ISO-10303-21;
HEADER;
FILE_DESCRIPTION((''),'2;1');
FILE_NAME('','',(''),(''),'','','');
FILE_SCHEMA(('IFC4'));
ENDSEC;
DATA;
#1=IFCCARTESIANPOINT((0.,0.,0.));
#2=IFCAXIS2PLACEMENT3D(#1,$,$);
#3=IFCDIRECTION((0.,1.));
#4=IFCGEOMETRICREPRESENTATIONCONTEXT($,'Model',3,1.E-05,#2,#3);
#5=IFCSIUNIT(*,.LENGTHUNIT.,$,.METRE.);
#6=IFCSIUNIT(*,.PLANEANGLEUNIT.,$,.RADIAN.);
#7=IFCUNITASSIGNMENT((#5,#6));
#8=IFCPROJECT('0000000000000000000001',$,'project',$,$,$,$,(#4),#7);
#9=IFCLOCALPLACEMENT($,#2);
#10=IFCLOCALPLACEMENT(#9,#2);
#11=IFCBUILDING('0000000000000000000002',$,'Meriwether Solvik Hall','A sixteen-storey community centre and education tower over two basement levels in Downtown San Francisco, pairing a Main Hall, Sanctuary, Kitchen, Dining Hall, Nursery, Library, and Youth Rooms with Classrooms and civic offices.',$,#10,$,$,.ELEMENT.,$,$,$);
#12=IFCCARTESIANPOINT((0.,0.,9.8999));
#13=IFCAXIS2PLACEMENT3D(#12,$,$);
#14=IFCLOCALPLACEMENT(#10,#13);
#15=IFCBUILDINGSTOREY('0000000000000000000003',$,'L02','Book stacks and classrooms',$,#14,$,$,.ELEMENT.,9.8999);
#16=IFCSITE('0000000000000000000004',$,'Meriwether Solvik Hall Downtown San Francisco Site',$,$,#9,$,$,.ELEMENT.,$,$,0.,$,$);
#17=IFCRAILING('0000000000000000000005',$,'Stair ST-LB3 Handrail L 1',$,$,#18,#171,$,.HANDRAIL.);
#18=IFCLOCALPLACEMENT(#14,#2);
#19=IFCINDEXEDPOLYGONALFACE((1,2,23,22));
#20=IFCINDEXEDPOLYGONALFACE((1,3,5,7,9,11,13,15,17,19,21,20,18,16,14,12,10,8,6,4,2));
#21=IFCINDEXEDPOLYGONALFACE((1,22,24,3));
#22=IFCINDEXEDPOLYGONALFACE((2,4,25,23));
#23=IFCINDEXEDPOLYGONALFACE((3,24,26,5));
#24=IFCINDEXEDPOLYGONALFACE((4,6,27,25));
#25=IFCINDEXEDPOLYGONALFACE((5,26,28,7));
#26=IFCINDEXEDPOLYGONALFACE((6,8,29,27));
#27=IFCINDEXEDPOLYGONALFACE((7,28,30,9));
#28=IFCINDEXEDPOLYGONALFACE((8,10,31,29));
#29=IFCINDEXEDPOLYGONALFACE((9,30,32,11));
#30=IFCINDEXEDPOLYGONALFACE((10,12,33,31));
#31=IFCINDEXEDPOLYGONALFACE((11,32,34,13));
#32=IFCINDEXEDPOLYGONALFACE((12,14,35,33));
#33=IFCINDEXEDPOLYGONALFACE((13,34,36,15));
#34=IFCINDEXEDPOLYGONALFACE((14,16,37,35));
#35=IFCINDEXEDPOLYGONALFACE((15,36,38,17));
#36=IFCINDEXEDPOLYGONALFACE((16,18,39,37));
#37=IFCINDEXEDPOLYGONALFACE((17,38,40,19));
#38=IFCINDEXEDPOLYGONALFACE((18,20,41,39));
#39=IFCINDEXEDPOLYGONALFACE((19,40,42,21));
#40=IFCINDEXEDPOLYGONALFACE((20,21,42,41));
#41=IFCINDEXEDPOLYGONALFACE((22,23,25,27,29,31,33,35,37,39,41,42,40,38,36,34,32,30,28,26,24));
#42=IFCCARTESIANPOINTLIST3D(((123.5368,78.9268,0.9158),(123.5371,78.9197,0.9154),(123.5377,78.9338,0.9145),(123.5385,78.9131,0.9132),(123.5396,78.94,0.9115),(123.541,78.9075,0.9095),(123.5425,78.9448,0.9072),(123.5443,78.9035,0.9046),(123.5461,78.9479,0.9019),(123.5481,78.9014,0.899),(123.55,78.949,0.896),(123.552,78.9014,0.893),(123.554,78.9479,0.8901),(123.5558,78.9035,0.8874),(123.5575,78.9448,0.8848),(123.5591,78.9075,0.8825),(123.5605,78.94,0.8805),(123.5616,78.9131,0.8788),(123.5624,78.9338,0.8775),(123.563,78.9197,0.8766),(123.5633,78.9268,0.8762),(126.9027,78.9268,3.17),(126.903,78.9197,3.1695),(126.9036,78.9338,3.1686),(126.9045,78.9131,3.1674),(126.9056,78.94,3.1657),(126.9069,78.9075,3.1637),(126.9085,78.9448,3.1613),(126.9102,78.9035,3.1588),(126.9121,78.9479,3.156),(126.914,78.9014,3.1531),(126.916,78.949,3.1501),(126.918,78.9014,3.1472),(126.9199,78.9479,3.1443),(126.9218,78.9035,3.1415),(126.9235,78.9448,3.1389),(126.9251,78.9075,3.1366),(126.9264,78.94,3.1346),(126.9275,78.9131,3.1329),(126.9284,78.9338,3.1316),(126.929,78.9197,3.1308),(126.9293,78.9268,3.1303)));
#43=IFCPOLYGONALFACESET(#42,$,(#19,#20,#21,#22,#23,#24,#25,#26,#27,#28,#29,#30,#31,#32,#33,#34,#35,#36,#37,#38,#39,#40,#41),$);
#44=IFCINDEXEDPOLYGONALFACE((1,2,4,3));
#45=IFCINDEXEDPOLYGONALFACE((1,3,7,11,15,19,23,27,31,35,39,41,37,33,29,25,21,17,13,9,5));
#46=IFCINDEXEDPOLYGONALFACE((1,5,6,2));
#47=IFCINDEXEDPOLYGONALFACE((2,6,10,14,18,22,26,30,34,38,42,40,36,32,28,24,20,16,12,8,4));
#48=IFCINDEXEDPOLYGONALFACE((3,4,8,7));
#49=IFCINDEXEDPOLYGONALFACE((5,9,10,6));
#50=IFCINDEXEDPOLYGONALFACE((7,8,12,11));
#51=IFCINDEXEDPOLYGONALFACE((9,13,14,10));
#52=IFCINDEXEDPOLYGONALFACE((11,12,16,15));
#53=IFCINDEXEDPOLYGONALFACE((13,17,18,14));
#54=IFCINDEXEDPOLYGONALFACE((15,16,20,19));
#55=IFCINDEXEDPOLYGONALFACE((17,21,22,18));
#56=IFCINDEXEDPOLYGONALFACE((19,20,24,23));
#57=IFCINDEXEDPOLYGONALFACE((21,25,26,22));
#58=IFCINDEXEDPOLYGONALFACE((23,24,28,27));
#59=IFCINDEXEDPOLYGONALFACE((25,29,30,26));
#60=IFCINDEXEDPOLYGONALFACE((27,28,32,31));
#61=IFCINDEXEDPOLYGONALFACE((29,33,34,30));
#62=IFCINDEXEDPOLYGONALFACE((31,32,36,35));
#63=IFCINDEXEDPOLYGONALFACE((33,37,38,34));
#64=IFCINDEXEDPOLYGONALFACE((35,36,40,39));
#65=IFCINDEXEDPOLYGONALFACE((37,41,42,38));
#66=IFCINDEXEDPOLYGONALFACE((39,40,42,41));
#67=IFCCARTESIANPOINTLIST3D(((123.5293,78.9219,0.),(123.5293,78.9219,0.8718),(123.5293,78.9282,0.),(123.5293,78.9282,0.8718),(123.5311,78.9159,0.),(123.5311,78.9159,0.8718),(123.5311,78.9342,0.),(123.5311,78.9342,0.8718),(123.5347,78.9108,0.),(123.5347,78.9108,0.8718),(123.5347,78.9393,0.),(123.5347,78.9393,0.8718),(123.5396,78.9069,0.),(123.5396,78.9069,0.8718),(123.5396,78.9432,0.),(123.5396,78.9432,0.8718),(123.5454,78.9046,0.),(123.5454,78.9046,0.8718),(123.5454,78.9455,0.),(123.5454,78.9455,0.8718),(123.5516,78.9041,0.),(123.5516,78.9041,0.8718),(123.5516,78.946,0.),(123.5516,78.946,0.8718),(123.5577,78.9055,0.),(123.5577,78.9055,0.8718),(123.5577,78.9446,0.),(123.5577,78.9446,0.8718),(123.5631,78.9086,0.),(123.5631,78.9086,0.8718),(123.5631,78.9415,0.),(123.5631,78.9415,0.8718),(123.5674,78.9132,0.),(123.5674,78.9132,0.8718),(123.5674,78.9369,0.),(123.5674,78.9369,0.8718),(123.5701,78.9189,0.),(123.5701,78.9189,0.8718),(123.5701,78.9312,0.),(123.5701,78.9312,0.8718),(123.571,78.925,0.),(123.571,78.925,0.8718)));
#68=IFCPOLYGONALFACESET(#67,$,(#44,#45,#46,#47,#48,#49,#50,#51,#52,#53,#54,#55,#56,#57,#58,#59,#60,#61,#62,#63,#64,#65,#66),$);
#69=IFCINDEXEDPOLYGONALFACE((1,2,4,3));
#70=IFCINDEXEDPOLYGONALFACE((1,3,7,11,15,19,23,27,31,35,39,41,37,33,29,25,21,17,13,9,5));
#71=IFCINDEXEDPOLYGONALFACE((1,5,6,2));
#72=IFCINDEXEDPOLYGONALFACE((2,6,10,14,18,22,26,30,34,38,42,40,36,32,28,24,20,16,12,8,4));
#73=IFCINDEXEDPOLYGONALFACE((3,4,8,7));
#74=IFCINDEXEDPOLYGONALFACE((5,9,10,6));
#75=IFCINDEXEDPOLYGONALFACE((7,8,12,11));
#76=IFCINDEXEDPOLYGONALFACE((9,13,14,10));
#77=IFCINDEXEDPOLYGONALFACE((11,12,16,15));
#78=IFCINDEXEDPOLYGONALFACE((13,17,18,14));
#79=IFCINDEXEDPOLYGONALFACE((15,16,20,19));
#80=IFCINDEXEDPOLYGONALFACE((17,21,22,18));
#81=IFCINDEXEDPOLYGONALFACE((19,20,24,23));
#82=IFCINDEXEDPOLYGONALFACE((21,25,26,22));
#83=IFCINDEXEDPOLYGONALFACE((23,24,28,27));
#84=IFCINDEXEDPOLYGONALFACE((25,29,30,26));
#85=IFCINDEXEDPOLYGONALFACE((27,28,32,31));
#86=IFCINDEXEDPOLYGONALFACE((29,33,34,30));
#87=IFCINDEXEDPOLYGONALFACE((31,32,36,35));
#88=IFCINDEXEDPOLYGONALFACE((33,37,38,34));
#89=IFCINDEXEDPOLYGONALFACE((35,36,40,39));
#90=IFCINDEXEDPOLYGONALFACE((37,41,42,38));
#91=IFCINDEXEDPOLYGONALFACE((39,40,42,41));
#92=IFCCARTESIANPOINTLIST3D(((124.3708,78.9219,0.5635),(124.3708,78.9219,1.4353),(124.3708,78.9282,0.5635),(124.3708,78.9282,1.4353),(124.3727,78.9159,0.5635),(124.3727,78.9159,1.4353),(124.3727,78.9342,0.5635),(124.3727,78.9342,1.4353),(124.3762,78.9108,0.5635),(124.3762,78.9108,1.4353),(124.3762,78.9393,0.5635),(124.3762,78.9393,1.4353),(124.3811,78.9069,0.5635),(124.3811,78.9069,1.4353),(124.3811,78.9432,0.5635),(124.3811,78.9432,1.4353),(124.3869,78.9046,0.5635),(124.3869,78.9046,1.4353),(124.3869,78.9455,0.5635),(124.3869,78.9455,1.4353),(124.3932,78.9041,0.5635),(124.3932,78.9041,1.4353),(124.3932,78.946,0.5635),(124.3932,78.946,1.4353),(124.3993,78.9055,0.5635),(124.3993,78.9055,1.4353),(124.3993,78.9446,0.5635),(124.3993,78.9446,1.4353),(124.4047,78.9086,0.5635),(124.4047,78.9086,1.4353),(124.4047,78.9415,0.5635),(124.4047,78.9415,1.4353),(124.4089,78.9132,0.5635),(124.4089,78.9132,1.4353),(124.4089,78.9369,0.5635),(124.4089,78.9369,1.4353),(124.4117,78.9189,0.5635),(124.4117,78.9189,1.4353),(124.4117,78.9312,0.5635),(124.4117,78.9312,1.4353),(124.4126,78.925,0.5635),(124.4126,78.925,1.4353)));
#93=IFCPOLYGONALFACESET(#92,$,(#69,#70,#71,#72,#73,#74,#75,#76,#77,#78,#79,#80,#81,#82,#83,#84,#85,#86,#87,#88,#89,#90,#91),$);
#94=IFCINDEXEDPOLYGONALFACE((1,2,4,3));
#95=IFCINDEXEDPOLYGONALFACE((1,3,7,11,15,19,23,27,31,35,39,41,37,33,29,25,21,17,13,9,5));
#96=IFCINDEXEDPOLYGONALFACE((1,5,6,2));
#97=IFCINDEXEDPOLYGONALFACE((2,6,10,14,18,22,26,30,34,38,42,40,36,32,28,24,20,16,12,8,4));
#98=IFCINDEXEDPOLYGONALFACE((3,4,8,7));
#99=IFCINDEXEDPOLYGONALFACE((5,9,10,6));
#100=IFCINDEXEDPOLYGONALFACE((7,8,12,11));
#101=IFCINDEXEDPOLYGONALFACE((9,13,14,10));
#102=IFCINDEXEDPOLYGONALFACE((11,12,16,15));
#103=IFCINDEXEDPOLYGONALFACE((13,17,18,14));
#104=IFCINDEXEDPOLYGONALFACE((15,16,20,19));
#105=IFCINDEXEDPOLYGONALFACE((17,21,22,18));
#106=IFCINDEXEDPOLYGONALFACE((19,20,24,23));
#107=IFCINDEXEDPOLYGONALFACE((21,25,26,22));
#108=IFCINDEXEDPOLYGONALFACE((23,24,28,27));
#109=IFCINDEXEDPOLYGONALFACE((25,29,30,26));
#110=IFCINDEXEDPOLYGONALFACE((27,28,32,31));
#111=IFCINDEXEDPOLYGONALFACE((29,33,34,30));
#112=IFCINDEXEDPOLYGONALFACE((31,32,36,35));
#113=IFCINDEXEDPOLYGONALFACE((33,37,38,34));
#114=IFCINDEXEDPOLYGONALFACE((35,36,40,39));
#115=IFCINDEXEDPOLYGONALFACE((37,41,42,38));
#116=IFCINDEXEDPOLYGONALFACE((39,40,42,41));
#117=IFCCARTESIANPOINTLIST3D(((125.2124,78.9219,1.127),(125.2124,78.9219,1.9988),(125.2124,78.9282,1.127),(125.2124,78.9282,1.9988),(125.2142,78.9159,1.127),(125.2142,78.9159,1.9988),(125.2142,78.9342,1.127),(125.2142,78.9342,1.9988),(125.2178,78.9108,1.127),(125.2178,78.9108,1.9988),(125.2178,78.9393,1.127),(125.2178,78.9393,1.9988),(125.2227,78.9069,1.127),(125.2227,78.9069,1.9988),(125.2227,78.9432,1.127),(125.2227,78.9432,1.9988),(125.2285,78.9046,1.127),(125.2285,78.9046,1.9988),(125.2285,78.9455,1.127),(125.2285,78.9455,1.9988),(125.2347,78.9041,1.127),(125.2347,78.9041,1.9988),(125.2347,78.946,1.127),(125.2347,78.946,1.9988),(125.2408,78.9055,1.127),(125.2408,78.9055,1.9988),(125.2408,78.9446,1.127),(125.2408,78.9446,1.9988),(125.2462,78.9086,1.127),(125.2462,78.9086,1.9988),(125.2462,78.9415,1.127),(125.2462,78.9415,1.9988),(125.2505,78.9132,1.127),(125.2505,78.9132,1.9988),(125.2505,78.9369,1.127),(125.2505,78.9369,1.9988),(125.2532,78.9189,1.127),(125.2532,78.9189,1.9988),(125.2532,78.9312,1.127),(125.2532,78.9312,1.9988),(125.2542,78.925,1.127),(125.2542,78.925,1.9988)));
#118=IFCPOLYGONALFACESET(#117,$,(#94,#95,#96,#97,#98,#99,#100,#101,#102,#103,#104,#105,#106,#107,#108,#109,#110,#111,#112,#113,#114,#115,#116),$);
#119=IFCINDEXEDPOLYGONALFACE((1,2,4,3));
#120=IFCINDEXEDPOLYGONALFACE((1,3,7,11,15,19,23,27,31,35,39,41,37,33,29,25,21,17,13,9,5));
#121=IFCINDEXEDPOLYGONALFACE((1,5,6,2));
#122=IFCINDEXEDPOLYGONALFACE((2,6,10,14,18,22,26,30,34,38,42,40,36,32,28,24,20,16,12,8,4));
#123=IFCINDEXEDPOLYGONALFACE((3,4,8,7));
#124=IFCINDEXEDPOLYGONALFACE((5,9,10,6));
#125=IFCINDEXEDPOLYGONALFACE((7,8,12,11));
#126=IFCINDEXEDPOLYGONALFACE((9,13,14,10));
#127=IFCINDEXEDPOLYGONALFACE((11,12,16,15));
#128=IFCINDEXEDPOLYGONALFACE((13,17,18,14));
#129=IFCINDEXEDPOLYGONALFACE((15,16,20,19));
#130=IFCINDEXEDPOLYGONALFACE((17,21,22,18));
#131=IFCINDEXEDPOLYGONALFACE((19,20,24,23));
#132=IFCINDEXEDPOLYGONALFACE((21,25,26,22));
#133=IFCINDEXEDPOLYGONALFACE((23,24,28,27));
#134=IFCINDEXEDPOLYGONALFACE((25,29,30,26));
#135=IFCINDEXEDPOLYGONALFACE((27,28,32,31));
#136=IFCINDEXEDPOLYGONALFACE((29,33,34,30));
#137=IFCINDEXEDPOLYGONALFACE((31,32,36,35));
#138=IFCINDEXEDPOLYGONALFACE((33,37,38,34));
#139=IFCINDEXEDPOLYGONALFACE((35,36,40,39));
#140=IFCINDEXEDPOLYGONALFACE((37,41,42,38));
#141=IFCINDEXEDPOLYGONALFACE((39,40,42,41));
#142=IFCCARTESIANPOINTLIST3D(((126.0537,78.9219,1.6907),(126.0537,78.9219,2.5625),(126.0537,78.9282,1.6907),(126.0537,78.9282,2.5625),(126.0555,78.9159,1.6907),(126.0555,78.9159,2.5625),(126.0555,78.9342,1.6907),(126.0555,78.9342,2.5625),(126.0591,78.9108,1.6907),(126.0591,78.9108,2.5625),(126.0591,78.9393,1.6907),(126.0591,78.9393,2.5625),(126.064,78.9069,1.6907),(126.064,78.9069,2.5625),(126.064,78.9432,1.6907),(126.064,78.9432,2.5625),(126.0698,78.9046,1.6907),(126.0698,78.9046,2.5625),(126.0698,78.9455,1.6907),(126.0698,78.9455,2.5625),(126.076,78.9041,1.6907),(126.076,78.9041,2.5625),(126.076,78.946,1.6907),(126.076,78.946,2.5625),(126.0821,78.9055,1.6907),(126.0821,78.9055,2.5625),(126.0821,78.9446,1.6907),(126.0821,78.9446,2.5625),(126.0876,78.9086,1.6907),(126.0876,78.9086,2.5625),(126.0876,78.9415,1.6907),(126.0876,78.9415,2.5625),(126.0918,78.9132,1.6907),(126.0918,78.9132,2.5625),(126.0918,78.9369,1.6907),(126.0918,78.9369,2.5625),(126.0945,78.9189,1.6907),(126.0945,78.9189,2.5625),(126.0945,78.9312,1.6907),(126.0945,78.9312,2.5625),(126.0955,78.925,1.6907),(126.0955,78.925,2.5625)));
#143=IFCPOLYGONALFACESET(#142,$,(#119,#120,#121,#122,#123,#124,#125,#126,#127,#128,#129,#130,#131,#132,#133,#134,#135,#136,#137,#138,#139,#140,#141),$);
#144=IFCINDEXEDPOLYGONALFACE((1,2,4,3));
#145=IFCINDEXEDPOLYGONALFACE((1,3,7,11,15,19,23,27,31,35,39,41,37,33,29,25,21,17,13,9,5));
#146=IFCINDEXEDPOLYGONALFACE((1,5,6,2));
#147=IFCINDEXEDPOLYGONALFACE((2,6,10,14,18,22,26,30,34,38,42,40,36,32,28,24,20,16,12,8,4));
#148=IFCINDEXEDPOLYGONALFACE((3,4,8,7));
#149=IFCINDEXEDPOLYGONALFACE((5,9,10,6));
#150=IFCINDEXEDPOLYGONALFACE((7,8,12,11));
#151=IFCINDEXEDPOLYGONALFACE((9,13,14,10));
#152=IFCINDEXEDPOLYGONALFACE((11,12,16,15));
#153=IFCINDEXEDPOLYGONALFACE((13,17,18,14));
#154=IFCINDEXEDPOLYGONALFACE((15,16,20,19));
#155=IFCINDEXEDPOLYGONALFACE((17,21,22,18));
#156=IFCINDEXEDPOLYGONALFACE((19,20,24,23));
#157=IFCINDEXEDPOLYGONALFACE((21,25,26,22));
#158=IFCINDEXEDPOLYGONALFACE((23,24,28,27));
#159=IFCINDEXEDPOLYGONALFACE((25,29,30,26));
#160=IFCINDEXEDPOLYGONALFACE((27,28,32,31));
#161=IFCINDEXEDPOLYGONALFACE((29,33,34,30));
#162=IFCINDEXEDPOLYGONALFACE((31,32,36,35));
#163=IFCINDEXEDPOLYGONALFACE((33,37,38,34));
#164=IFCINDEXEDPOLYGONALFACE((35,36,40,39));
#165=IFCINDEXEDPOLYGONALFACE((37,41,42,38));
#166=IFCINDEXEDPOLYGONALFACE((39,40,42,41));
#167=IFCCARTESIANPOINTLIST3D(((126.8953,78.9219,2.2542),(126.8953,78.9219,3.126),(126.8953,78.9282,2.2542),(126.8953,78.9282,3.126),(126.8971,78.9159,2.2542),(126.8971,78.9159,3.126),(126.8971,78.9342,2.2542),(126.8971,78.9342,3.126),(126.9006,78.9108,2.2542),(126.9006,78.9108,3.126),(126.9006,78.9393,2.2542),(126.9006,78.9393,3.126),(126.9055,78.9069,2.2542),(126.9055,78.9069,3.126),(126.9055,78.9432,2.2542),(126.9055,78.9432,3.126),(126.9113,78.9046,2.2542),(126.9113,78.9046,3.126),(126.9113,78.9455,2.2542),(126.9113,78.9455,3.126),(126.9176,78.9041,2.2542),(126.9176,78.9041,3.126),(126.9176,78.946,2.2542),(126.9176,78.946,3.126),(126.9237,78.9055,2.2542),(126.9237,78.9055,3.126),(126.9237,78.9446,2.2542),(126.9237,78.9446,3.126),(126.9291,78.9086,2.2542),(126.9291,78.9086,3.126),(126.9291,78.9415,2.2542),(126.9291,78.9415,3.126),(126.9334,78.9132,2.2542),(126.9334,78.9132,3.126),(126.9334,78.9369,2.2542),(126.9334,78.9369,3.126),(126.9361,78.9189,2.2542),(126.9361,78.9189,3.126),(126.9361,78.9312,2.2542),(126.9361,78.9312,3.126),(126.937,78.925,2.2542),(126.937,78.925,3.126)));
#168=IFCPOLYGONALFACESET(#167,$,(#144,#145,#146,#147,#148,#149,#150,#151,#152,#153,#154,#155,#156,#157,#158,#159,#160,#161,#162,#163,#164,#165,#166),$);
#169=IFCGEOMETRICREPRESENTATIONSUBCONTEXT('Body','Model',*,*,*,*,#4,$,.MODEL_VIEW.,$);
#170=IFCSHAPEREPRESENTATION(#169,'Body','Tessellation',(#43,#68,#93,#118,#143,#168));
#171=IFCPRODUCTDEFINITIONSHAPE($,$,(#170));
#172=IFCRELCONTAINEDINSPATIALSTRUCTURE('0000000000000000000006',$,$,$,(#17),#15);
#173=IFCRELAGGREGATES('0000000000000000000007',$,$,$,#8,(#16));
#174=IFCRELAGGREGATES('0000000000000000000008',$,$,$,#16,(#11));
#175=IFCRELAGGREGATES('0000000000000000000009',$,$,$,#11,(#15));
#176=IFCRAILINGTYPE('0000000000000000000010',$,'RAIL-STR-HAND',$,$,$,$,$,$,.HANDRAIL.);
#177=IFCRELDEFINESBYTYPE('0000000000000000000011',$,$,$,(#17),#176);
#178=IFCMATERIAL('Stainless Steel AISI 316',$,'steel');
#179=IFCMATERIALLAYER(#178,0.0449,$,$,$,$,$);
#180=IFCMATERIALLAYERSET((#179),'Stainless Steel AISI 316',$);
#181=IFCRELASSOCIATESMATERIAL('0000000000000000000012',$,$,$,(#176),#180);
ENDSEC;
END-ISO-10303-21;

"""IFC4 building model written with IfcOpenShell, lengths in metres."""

from ifc_helpers import new_model, si_unit, direction, frame, origin, origin_2d, place, context, subcontext, project, spatial, circle, extrude, material, layer, layer_set, type_object, element, save


model = new_model("IFC4")

# Units and contexts
model_context = context("Model", 3, precision=1e-05, world=origin(), true_north=direction((0.0, 1.0)))
body_context = subcontext(model_context, "Body", "Model", "MODEL_VIEW")
ifc_project = project(units=[si_unit("LENGTHUNIT", "METRE"), si_unit("PLANEANGLEUNIT", "RADIAN")], contexts=[model_context])

# Site, building, storey
site_placement = place(None, origin())
site = spatial("IfcSite", under=ifc_project, at=site_placement, Name="Meriwether Solvik Hall Downtown San Francisco Site", CompositionType="ELEMENT", RefElevation=0.0)
building_placement = place(site_placement, origin())
building = spatial("IfcBuilding", under=site, at=building_placement, Name="Meriwether Solvik Hall", Description="A sixteen-storey community centre and education tower over two basement levels in Downtown San Francisco, pairing a Main Hall, Sanctuary, Kitchen, Dining Hall, Nursery, Library, and Youth Rooms with Classrooms and civic offices.", CompositionType="ELEMENT")
storey_placement = place(building_placement, frame((0.0, 0.0, 9.8999)))
storey = spatial("IfcBuildingStorey", under=building, at=storey_placement, Name="L02", Description="Book stacks and classrooms", CompositionType="ELEMENT", Elevation=9.8999)

# Railing
ifc_material_1 = material(Name="Stainless Steel AISI 316", Category="steel")
ifc_layer_1 = layer(ifc_material_1, 0.0449)
ifc_layer_set_1 = layer_set([ifc_layer_1], Name="Stainless Steel AISI 316")
railing_type_1 = type_object("IfcRailingType", Name="RAIL-STR-HAND", PredefinedType="HANDRAIL", material=ifc_layer_set_1)
railing_1_placement = place(storey_placement, frame((123.55, 78.925, 0.0)))
element("IfcRailing", 1, at=railing_1_placement, inside=storey, type_object=railing_type_1, Name="Stair ST-LB3 Handrail L 1", PredefinedType="HANDRAIL", context=body_context, shape_type="SweptSolid", body=[
    extrude(circle(Radius=0.0239, at=origin_2d()), frame((0.0, 0.0, 0.896), z_axis=(0.83089, 0.0, 0.556437), x_axis=(0.0, 1.0, 0.0)), (0.0, 0.0, 1.0), 4.051),
    extrude(circle(Radius=0.021, at=origin_2d()), origin(), (0.0, 0.0, 1.0), 0.8718),
    extrude(circle(Radius=0.021, at=origin_2d()), frame((0.8416, 0.0, 0.5635)), (0.0, 0.0, 1.0), 0.8718),
    extrude(circle(Radius=0.021, at=origin_2d()), frame((1.6831, 0.0, 1.127)), (0.0, 0.0, 1.0), 0.8718),
    extrude(circle(Radius=0.021, at=origin_2d()), frame((2.5244, 0.0, 1.6907)), (0.0, 0.0, 1.0), 0.8718),
    extrude(circle(Radius=0.021, at=origin_2d()), frame((3.366, 0.0, 2.2542)), (0.0, 0.0, 1.0), 0.8718),
])

save(model, "model.ifc")
